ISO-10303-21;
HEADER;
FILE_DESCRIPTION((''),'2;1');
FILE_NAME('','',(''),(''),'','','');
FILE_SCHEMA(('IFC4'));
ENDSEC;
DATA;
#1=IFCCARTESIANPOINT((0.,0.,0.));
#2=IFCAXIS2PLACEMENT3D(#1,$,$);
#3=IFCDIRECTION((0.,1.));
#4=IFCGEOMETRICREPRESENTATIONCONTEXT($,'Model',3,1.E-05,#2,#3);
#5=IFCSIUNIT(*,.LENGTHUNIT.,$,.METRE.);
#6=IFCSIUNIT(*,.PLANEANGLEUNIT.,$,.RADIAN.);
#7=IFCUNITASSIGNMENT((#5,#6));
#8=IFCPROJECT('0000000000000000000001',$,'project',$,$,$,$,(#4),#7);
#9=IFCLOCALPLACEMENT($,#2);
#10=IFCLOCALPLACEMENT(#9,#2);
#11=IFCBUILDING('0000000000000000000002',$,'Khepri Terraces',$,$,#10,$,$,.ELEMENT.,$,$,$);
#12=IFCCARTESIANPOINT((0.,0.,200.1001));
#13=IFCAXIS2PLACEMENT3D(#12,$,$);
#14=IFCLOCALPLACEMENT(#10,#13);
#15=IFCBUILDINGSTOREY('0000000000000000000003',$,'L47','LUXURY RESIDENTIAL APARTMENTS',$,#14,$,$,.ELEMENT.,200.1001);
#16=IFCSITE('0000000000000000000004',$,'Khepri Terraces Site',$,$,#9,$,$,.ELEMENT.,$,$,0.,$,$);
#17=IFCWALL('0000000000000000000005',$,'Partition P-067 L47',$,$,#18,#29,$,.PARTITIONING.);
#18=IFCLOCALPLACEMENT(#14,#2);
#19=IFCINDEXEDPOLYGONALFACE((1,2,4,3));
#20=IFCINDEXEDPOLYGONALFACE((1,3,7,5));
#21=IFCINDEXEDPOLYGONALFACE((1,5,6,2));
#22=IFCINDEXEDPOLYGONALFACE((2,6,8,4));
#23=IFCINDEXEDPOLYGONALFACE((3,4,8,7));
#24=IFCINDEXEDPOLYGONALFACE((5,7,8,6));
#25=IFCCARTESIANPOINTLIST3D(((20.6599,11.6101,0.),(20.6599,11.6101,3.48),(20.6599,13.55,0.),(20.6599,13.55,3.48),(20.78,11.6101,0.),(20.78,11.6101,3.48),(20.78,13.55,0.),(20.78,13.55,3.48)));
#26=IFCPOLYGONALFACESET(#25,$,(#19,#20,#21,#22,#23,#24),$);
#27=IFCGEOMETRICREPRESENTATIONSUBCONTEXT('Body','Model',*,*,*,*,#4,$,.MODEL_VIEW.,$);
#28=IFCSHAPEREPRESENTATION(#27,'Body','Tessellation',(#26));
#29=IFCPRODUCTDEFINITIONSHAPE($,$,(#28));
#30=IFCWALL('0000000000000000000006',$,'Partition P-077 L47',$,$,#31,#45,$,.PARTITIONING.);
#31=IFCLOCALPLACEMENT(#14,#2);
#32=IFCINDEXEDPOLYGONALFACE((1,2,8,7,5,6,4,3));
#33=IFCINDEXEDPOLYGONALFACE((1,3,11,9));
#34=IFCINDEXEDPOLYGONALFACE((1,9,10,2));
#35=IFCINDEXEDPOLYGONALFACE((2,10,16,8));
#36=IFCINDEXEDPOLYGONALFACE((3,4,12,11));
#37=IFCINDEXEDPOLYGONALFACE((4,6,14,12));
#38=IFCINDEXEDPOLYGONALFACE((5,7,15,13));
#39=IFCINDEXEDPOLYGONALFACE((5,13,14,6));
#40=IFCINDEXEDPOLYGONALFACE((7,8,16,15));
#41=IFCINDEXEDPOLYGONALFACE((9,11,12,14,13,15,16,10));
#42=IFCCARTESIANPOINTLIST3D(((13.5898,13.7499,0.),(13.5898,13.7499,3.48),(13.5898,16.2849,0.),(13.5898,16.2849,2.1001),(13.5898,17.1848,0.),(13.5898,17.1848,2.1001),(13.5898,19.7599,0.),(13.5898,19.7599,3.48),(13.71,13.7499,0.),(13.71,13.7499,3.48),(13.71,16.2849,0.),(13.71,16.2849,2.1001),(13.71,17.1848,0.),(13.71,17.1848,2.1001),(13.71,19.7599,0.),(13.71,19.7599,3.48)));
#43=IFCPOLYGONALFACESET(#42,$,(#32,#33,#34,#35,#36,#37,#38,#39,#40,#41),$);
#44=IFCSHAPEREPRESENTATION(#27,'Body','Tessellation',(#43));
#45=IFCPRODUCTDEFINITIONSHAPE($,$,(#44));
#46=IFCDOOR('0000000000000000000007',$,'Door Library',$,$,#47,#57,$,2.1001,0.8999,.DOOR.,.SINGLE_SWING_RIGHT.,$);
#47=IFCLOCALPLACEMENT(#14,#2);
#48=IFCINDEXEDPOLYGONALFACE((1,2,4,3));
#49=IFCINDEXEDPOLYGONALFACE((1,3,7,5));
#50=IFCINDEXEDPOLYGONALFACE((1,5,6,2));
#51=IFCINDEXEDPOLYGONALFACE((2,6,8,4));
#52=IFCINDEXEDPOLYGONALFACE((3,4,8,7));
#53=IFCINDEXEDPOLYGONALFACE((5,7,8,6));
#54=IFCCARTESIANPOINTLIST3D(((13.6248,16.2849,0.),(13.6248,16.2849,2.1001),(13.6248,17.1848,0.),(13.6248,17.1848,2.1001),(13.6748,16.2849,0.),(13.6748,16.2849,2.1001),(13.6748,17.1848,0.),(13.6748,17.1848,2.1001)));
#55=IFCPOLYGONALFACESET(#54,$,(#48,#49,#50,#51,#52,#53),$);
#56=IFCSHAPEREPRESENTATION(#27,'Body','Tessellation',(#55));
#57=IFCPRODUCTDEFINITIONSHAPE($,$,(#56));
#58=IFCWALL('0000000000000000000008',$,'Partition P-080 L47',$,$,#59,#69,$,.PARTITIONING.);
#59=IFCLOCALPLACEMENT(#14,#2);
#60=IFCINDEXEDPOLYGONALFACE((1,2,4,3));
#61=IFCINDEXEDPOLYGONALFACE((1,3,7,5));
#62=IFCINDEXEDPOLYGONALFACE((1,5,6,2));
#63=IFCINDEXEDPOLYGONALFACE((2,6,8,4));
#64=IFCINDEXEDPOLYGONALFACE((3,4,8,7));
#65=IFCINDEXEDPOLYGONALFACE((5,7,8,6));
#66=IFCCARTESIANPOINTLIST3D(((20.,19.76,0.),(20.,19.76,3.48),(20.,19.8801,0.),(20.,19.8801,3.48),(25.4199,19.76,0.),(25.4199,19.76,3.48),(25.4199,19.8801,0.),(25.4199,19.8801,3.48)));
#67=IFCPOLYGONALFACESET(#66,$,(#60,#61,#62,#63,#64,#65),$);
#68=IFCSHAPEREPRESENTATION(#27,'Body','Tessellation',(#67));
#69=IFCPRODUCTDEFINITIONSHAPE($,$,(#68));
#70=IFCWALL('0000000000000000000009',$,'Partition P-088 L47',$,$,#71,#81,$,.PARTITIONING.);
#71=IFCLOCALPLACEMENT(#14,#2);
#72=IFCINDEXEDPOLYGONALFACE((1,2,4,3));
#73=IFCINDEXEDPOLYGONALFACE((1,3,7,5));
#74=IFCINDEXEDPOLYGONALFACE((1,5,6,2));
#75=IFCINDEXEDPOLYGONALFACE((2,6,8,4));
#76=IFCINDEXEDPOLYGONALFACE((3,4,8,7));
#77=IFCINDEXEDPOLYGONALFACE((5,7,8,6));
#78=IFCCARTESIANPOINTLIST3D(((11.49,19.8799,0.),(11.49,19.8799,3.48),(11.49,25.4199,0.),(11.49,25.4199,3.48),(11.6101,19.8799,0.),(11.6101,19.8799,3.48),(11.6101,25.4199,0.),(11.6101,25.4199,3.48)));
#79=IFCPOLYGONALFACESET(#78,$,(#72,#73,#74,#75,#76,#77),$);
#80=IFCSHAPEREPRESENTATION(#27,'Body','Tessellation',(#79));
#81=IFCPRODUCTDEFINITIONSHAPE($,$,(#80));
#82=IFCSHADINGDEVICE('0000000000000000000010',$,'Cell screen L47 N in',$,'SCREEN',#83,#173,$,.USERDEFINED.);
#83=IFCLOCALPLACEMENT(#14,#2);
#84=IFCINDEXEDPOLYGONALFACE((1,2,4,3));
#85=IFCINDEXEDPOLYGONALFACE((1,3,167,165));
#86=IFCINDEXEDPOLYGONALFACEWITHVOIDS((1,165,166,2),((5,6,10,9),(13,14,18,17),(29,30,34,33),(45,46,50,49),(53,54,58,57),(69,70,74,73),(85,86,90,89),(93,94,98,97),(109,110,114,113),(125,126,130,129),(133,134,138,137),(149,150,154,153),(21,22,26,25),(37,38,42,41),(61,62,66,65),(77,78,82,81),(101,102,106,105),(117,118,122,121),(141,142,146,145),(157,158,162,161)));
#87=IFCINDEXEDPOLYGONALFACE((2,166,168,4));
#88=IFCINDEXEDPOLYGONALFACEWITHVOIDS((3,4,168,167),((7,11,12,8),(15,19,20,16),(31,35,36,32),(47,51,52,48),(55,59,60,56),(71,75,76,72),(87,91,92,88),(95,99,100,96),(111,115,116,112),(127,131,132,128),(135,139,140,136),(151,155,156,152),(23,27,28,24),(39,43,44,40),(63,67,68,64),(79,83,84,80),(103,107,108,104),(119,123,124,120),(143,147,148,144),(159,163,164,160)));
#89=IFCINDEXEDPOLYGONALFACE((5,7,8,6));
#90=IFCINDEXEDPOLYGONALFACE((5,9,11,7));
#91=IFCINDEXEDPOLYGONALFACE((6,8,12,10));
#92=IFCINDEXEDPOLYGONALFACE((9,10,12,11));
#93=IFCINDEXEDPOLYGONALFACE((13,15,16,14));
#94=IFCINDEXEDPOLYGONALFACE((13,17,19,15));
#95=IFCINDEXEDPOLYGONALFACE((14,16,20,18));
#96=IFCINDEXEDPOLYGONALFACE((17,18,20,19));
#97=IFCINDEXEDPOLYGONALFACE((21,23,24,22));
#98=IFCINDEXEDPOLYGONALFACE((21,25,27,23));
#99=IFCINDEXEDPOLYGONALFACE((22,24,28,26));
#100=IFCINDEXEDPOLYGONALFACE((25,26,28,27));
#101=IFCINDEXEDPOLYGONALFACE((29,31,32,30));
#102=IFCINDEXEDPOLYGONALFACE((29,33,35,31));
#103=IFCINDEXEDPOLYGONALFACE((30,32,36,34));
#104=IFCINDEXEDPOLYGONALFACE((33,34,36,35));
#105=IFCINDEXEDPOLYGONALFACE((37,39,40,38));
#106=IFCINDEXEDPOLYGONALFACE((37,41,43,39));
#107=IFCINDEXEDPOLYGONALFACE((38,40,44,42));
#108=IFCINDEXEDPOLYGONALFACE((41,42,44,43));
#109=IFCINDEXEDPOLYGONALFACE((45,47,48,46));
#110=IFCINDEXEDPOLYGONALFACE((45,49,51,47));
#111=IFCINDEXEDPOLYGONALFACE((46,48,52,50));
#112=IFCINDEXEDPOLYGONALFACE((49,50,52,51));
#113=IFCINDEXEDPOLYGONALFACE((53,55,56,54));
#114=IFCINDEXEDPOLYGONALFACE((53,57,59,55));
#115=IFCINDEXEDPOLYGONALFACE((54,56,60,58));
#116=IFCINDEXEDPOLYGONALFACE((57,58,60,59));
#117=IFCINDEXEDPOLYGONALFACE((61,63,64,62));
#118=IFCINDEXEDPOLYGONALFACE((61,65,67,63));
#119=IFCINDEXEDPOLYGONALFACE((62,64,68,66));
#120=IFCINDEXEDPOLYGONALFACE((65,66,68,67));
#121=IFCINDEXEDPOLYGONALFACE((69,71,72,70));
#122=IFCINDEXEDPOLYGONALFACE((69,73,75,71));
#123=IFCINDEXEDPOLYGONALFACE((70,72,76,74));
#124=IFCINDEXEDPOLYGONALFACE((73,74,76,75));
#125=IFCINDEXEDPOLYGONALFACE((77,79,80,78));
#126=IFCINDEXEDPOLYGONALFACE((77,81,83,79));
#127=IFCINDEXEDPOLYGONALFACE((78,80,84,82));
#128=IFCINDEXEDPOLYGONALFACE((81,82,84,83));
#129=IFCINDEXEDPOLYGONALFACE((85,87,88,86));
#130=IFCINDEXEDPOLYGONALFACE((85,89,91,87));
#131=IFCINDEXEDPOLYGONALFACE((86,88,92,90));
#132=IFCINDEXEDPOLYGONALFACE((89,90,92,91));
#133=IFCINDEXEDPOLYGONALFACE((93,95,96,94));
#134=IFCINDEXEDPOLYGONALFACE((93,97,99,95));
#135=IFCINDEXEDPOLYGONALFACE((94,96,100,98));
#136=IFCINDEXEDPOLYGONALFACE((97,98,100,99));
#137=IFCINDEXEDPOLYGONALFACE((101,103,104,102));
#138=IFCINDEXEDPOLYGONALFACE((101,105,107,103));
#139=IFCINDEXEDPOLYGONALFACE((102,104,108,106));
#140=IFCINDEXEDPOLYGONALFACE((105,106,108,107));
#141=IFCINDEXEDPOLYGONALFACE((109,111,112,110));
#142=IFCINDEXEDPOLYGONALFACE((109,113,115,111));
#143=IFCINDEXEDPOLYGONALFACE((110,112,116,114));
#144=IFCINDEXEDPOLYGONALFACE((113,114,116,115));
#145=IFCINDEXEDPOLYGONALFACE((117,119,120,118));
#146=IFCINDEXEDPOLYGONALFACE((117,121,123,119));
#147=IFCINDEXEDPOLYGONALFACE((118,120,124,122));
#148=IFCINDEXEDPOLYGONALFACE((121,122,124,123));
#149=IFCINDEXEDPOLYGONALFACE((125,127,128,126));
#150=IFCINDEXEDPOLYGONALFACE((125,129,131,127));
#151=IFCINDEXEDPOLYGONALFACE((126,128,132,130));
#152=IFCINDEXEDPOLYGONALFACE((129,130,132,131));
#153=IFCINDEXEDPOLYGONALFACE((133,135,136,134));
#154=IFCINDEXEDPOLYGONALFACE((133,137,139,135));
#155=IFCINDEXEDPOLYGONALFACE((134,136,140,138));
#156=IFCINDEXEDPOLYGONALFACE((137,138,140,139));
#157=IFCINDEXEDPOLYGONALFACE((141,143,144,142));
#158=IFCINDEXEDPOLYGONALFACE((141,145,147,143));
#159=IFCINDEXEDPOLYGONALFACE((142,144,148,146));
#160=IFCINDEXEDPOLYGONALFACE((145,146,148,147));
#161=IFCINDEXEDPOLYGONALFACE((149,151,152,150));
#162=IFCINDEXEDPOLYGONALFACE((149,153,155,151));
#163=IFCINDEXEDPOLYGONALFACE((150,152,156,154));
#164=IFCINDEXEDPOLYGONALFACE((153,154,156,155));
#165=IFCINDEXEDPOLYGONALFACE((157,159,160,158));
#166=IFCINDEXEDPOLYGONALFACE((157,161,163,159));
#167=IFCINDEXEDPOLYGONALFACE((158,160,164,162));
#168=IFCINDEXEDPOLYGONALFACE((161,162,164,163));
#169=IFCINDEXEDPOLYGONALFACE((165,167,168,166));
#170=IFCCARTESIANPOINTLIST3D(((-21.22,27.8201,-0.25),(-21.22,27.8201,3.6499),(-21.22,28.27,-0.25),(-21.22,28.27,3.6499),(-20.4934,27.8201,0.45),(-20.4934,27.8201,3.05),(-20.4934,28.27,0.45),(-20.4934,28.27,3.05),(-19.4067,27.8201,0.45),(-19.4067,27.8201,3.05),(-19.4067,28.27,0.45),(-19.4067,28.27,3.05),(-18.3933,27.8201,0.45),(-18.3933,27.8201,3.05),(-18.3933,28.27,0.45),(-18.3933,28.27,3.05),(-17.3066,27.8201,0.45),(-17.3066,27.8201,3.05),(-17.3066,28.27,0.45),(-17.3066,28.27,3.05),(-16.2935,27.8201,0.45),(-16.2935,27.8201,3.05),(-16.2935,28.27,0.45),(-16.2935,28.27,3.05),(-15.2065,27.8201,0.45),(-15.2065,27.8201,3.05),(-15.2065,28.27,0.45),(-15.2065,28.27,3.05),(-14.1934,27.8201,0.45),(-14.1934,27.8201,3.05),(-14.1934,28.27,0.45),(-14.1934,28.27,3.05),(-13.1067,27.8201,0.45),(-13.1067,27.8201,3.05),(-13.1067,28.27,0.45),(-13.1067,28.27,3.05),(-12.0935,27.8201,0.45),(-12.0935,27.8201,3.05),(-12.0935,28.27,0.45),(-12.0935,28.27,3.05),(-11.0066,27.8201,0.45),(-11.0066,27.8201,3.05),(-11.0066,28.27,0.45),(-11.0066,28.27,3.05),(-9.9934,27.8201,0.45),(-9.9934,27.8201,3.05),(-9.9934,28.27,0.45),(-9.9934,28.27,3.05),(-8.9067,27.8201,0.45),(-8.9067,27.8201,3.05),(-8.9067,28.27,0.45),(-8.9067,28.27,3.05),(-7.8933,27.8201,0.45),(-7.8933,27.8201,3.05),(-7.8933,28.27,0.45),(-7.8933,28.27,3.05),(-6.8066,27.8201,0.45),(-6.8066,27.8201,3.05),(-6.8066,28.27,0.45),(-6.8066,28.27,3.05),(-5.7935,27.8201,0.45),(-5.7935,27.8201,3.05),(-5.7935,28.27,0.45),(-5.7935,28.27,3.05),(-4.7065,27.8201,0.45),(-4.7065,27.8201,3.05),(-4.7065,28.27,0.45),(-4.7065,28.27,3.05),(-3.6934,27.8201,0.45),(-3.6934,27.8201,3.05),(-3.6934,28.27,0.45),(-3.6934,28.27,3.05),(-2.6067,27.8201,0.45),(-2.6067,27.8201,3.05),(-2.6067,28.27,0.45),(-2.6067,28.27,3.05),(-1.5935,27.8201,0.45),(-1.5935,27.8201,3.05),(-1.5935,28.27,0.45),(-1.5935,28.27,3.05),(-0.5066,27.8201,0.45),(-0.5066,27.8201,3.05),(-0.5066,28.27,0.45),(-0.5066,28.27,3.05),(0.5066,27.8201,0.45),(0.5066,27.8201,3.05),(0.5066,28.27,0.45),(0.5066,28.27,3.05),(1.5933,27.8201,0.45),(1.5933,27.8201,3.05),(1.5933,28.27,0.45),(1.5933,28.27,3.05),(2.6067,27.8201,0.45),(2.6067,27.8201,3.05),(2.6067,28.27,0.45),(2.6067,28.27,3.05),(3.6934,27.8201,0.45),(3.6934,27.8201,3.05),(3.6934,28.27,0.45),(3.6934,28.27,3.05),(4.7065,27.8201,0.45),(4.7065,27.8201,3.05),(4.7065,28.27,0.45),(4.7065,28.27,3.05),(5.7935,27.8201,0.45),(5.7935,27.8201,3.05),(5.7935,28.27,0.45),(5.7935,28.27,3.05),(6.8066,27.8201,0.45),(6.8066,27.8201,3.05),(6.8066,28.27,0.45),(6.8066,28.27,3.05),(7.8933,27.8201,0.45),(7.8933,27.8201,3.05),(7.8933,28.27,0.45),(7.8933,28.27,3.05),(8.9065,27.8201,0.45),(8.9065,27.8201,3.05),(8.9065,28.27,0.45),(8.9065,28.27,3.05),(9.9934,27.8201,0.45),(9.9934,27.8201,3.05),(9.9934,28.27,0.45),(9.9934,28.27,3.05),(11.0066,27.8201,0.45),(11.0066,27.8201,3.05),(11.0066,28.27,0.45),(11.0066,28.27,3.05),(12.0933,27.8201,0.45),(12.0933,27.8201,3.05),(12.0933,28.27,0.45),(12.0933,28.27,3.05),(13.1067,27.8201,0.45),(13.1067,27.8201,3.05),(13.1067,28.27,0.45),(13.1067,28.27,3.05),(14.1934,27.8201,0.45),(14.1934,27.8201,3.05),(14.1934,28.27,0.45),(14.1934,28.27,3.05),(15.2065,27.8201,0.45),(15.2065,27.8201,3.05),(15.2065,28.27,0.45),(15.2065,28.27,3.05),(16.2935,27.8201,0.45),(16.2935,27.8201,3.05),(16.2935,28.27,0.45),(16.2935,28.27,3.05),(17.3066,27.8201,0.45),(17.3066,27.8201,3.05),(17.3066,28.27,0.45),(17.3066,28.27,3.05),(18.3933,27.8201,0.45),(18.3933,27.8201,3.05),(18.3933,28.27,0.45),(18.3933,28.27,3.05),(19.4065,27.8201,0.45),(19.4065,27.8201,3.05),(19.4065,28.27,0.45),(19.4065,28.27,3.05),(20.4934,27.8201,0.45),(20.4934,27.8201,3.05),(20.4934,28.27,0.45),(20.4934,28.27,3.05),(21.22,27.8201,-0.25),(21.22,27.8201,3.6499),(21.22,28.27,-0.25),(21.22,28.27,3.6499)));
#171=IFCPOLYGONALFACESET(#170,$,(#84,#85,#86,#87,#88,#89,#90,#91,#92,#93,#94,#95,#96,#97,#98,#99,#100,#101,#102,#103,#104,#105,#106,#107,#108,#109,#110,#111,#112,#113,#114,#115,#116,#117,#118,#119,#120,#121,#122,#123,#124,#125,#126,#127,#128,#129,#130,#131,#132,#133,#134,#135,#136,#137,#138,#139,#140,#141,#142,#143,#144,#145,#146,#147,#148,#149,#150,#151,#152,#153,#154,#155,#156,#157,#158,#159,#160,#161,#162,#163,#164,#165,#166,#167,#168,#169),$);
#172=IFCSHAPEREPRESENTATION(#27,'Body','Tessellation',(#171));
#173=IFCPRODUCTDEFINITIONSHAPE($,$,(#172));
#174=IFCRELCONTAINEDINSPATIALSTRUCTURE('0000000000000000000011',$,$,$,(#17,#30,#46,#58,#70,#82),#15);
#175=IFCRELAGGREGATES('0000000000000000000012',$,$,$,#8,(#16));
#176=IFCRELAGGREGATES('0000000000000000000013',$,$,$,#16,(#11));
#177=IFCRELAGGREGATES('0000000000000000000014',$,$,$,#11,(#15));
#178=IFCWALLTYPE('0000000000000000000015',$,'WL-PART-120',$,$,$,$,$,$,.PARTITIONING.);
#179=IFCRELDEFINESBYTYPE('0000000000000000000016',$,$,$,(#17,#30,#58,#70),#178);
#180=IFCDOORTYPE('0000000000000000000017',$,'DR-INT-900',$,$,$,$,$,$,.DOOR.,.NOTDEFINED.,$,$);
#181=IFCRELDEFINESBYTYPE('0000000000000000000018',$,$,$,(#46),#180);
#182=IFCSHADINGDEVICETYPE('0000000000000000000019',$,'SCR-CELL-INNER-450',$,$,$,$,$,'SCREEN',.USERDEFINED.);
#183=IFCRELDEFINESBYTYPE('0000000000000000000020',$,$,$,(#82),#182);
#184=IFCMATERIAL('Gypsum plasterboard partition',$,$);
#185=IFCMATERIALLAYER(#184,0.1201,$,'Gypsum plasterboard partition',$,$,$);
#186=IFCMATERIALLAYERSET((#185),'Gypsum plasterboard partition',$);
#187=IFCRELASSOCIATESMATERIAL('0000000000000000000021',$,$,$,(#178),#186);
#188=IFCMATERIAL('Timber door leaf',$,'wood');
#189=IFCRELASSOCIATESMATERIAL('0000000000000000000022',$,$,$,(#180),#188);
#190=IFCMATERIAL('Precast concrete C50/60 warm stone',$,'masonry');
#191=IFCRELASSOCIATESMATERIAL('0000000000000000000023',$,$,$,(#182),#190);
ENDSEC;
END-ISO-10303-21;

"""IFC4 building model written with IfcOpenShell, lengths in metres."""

from ifc_helpers import new_model, si_unit, direction, frame, frame_2d, origin, place, context, subcontext, project, spatial, polyline, rectangle, outline, extrude, material, layer, layer_set, type_object, element, fill, save


model = new_model("IFC4")

# Units and contexts
model_context = context("Model", 3, precision=1e-05, world=origin(), true_north=direction((0.0, 1.0)))
body_context = subcontext(model_context, "Body", "Model", "MODEL_VIEW")
ifc_project = project(units=[si_unit("LENGTHUNIT", "METRE"), si_unit("PLANEANGLEUNIT", "RADIAN")], contexts=[model_context])

# Site, building, storey
site_placement = place(None, origin())
site = spatial("IfcSite", under=ifc_project, at=site_placement, Name="Khepri Terraces Site", CompositionType="ELEMENT", RefElevation=0.0)
building_placement = place(site_placement, origin())
building = spatial("IfcBuilding", under=site, at=building_placement, Name="Khepri Terraces", CompositionType="ELEMENT")
storey_placement = place(building_placement, frame((0.0, 0.0, 200.1001)))
storey = spatial("IfcBuildingStorey", under=building, at=storey_placement, Name="L47", Description="LUXURY RESIDENTIAL APARTMENTS", CompositionType="ELEMENT", Elevation=200.1001)

# Shared definitions
ifc_material_1 = material(Name="Precast concrete C50/60 warm stone", Category="masonry")

# Shared definitions
ifc_material_2 = material(Name="Gypsum plasterboard partition")
ifc_layer_1 = layer(ifc_material_2, 0.1201, Name="Gypsum plasterboard partition")
ifc_layer_set_1 = layer_set([ifc_layer_1], Name="Gypsum plasterboard partition")
wall_type_1 = type_object("IfcWallType", Name="WL-PART-120", PredefinedType="PARTITIONING", material=ifc_layer_set_1)

# Wall
wall_1_placement = place(storey_placement, frame((20.72, 11.6101, 0.0), z_axis=(0.0, 0.0, 1.0), x_axis=(0.0, 1.0, 0.0)))
element("IfcWall", 1, at=wall_1_placement, inside=storey, type_object=wall_type_1, Name="Partition P-067 L47", PredefinedType="PARTITIONING", context=body_context, shape_type="SweptSolid", body=[
    extrude(rectangle(XDim=1.9399, YDim=0.1201, at=frame_2d((0.97, 0.0))), origin(), (0.0, 0.0, 1.0), 3.48),
])

# Wall, opening, door
wall_2_placement = place(storey_placement, frame((13.6499, 13.75, 0.0), z_axis=(0.0, 0.0, 1.0), x_axis=(0.0, 1.0, 0.0)))
wall_2 = element("IfcWall", 2, at=wall_2_placement, inside=storey, type_object=wall_type_1, Name="Partition P-077 L47", PredefinedType="PARTITIONING", context=body_context, shape_type="SweptSolid", body=[
    extrude(rectangle(XDim=6.01, YDim=0.1201, at=frame_2d((3.0049, 0.0))), origin(), (0.0, 0.0, 1.0), 3.48),
])
opening_1_placement = place(wall_2_placement, frame((2.5349, 0.0, 0.0)))
opening_1 = element("IfcOpeningElement", 3, at=opening_1_placement, cuts=wall_2, PredefinedType="OPENING", context=body_context, shape_type="SweptSolid", body=[
    extrude(rectangle(XDim=0.8999, YDim=2.1001, at=frame_2d((0.45, 1.05))), frame((0.0, 0.0701, 0.0), z_axis=(0.0, -1.0, 0.0), x_axis=(1.0, 0.0, 0.0)), (0.0, 0.0, 1.0), 0.1401),
])
ifc_material_3 = material(Name="Timber door leaf", Category="wood")
door_type_1 = type_object("IfcDoorType", Name="DR-INT-900", OperationType="NOTDEFINED", PredefinedType="DOOR", material=ifc_material_3)
door_1_placement = place(opening_1_placement, frame((0.8999, 0.0, 0.0), z_axis=(0.0, 0.0, 1.0), x_axis=(-1.0, 0.0, 0.0)))
door_1 = element("IfcDoor", 4, at=door_1_placement, inside=storey, type_object=door_type_1, Name="Door Library", OperationType="SINGLE_SWING_RIGHT", OverallHeight=2.1001, OverallWidth=0.8999, PredefinedType="DOOR", context=body_context, shape_type="SweptSolid", body=[
    extrude(rectangle(XDim=0.8999, YDim=2.1001, at=frame_2d((0.45, 1.05))), frame((0.0, 0.0249, 0.0), z_axis=(0.0, -1.0, 0.0), x_axis=(1.0, 0.0, 0.0)), (0.0, 0.0, 1.0), 0.05),
])
fill(opening_1, door_1)

# Walls
wall_3_placement = place(storey_placement, frame((20.0, 19.8201, 0.0), z_axis=(0.0, 0.0, 1.0), x_axis=(1.0, 0.0, 0.0)))
element("IfcWall", 5, at=wall_3_placement, inside=storey, type_object=wall_type_1, Name="Partition P-080 L47", PredefinedType="PARTITIONING", context=body_context, shape_type="SweptSolid", body=[
    extrude(rectangle(XDim=5.4199, YDim=0.1201, at=frame_2d((2.71, 0.0))), origin(), (0.0, 0.0, 1.0), 3.48),
])
wall_4_placement = place(storey_placement, frame((11.55, 19.8799, 0.0), z_axis=(0.0, 0.0, 1.0), x_axis=(0.0, 1.0, 0.0)))
element("IfcWall", 6, at=wall_4_placement, inside=storey, type_object=wall_type_1, Name="Partition P-088 L47", PredefinedType="PARTITIONING", context=body_context, shape_type="SweptSolid", body=[
    extrude(rectangle(XDim=5.54, YDim=0.1201, at=frame_2d((2.77, 0.0))), origin(), (0.0, 0.0, 1.0), 3.48),
])

# Shading device
shading_device_type_1 = type_object("IfcShadingDeviceType", Name="SCR-CELL-INNER-450", ElementType="SCREEN", PredefinedType="USERDEFINED", material=ifc_material_1)
shading_device_1_placement = place(storey_placement, frame((21.22, 27.8201, -0.25), z_axis=(0.0, 1.0, 0.0), x_axis=(-1.0, 0.0, 0.0)))
element("IfcShadingDevice", 7, at=shading_device_1_placement, inside=storey, type_object=shading_device_type_1, Name="Cell screen L47 N in", ObjectType="SCREEN", PredefinedType="USERDEFINED", context=body_context, shape_type="SweptSolid", body=[
    extrude(outline(polyline([(0.0, 0.0), (42.4399, 0.0), (42.4399, 3.8999), (0.0, 3.8999), (0.0, 0.0)]), holes=[polyline([(0.7266, 0.7), (1.8135, 0.7), (1.8135, 3.3), (0.7266, 3.3), (0.7266, 0.7)]), polyline([(2.8267, 0.7), (3.9133, 0.7), (3.9133, 3.3), (2.8267, 3.3), (2.8267, 0.7)]), polyline([(4.9265, 0.7), (6.0134, 0.7), (6.0134, 3.3), (4.9265, 3.3), (4.9265, 0.7)]), polyline([(7.0266, 0.7), (8.1133, 0.7), (8.1133, 3.3), (7.0266, 3.3), (7.0266, 0.7)]), polyline([(9.1267, 0.7), (10.2134, 0.7), (10.2134, 3.3), (9.1267, 3.3), (9.1267, 0.7)]), polyline([(11.2266, 0.7), (12.3135, 0.7), (12.3135, 3.3), (11.2266, 3.3), (11.2266, 0.7)]), polyline([(13.3267, 0.7), (14.4133, 0.7), (14.4133, 3.3), (13.3267, 3.3), (13.3267, 0.7)]), polyline([(15.4265, 0.7), (16.5134, 0.7), (16.5134, 3.3), (15.4265, 3.3), (15.4265, 0.7)]), polyline([(17.5266, 0.7), (18.6133, 0.7), (18.6133, 3.3), (17.5266, 3.3), (17.5266, 0.7)]), polyline([(19.6267, 0.7), (20.7134, 0.7), (20.7134, 3.3), (19.6267, 3.3), (19.6267, 0.7)]), polyline([(21.7266, 0.7), (22.8135, 0.7), (22.8135, 3.3), (21.7266, 3.3), (21.7266, 0.7)]), polyline([(23.8267, 0.7), (24.9133, 0.7), (24.9133, 3.3), (23.8267, 3.3), (23.8267, 0.7)]), polyline([(25.9265, 0.7), (27.0134, 0.7), (27.0134, 3.3), (25.9265, 3.3), (25.9265, 0.7)]), polyline([(28.0266, 0.7), (29.1133, 0.7), (29.1133, 3.3), (28.0266, 3.3), (28.0266, 0.7)]), polyline([(30.1267, 0.7), (31.2134, 0.7), (31.2134, 3.3), (30.1267, 3.3), (30.1267, 0.7)]), polyline([(32.2266, 0.7), (33.3135, 0.7), (33.3135, 3.3), (32.2266, 3.3), (32.2266, 0.7)]), polyline([(34.3267, 0.7), (35.4133, 0.7), (35.4133, 3.3), (34.3267, 3.3), (34.3267, 0.7)]), polyline([(36.4265, 0.7), (37.5134, 0.7), (37.5134, 3.3), (36.4265, 3.3), (36.4265, 0.7)]), polyline([(38.5266, 0.7), (39.6133, 0.7), (39.6133, 3.3), (38.5266, 3.3), (38.5266, 0.7)]), polyline([(40.6267, 0.7), (41.7134, 0.7), (41.7134, 3.3), (40.6267, 3.3), (40.6267, 0.7)])]), origin(), (0.0, 0.0, 1.0), 0.45),
])

save(model, "model.ifc")
